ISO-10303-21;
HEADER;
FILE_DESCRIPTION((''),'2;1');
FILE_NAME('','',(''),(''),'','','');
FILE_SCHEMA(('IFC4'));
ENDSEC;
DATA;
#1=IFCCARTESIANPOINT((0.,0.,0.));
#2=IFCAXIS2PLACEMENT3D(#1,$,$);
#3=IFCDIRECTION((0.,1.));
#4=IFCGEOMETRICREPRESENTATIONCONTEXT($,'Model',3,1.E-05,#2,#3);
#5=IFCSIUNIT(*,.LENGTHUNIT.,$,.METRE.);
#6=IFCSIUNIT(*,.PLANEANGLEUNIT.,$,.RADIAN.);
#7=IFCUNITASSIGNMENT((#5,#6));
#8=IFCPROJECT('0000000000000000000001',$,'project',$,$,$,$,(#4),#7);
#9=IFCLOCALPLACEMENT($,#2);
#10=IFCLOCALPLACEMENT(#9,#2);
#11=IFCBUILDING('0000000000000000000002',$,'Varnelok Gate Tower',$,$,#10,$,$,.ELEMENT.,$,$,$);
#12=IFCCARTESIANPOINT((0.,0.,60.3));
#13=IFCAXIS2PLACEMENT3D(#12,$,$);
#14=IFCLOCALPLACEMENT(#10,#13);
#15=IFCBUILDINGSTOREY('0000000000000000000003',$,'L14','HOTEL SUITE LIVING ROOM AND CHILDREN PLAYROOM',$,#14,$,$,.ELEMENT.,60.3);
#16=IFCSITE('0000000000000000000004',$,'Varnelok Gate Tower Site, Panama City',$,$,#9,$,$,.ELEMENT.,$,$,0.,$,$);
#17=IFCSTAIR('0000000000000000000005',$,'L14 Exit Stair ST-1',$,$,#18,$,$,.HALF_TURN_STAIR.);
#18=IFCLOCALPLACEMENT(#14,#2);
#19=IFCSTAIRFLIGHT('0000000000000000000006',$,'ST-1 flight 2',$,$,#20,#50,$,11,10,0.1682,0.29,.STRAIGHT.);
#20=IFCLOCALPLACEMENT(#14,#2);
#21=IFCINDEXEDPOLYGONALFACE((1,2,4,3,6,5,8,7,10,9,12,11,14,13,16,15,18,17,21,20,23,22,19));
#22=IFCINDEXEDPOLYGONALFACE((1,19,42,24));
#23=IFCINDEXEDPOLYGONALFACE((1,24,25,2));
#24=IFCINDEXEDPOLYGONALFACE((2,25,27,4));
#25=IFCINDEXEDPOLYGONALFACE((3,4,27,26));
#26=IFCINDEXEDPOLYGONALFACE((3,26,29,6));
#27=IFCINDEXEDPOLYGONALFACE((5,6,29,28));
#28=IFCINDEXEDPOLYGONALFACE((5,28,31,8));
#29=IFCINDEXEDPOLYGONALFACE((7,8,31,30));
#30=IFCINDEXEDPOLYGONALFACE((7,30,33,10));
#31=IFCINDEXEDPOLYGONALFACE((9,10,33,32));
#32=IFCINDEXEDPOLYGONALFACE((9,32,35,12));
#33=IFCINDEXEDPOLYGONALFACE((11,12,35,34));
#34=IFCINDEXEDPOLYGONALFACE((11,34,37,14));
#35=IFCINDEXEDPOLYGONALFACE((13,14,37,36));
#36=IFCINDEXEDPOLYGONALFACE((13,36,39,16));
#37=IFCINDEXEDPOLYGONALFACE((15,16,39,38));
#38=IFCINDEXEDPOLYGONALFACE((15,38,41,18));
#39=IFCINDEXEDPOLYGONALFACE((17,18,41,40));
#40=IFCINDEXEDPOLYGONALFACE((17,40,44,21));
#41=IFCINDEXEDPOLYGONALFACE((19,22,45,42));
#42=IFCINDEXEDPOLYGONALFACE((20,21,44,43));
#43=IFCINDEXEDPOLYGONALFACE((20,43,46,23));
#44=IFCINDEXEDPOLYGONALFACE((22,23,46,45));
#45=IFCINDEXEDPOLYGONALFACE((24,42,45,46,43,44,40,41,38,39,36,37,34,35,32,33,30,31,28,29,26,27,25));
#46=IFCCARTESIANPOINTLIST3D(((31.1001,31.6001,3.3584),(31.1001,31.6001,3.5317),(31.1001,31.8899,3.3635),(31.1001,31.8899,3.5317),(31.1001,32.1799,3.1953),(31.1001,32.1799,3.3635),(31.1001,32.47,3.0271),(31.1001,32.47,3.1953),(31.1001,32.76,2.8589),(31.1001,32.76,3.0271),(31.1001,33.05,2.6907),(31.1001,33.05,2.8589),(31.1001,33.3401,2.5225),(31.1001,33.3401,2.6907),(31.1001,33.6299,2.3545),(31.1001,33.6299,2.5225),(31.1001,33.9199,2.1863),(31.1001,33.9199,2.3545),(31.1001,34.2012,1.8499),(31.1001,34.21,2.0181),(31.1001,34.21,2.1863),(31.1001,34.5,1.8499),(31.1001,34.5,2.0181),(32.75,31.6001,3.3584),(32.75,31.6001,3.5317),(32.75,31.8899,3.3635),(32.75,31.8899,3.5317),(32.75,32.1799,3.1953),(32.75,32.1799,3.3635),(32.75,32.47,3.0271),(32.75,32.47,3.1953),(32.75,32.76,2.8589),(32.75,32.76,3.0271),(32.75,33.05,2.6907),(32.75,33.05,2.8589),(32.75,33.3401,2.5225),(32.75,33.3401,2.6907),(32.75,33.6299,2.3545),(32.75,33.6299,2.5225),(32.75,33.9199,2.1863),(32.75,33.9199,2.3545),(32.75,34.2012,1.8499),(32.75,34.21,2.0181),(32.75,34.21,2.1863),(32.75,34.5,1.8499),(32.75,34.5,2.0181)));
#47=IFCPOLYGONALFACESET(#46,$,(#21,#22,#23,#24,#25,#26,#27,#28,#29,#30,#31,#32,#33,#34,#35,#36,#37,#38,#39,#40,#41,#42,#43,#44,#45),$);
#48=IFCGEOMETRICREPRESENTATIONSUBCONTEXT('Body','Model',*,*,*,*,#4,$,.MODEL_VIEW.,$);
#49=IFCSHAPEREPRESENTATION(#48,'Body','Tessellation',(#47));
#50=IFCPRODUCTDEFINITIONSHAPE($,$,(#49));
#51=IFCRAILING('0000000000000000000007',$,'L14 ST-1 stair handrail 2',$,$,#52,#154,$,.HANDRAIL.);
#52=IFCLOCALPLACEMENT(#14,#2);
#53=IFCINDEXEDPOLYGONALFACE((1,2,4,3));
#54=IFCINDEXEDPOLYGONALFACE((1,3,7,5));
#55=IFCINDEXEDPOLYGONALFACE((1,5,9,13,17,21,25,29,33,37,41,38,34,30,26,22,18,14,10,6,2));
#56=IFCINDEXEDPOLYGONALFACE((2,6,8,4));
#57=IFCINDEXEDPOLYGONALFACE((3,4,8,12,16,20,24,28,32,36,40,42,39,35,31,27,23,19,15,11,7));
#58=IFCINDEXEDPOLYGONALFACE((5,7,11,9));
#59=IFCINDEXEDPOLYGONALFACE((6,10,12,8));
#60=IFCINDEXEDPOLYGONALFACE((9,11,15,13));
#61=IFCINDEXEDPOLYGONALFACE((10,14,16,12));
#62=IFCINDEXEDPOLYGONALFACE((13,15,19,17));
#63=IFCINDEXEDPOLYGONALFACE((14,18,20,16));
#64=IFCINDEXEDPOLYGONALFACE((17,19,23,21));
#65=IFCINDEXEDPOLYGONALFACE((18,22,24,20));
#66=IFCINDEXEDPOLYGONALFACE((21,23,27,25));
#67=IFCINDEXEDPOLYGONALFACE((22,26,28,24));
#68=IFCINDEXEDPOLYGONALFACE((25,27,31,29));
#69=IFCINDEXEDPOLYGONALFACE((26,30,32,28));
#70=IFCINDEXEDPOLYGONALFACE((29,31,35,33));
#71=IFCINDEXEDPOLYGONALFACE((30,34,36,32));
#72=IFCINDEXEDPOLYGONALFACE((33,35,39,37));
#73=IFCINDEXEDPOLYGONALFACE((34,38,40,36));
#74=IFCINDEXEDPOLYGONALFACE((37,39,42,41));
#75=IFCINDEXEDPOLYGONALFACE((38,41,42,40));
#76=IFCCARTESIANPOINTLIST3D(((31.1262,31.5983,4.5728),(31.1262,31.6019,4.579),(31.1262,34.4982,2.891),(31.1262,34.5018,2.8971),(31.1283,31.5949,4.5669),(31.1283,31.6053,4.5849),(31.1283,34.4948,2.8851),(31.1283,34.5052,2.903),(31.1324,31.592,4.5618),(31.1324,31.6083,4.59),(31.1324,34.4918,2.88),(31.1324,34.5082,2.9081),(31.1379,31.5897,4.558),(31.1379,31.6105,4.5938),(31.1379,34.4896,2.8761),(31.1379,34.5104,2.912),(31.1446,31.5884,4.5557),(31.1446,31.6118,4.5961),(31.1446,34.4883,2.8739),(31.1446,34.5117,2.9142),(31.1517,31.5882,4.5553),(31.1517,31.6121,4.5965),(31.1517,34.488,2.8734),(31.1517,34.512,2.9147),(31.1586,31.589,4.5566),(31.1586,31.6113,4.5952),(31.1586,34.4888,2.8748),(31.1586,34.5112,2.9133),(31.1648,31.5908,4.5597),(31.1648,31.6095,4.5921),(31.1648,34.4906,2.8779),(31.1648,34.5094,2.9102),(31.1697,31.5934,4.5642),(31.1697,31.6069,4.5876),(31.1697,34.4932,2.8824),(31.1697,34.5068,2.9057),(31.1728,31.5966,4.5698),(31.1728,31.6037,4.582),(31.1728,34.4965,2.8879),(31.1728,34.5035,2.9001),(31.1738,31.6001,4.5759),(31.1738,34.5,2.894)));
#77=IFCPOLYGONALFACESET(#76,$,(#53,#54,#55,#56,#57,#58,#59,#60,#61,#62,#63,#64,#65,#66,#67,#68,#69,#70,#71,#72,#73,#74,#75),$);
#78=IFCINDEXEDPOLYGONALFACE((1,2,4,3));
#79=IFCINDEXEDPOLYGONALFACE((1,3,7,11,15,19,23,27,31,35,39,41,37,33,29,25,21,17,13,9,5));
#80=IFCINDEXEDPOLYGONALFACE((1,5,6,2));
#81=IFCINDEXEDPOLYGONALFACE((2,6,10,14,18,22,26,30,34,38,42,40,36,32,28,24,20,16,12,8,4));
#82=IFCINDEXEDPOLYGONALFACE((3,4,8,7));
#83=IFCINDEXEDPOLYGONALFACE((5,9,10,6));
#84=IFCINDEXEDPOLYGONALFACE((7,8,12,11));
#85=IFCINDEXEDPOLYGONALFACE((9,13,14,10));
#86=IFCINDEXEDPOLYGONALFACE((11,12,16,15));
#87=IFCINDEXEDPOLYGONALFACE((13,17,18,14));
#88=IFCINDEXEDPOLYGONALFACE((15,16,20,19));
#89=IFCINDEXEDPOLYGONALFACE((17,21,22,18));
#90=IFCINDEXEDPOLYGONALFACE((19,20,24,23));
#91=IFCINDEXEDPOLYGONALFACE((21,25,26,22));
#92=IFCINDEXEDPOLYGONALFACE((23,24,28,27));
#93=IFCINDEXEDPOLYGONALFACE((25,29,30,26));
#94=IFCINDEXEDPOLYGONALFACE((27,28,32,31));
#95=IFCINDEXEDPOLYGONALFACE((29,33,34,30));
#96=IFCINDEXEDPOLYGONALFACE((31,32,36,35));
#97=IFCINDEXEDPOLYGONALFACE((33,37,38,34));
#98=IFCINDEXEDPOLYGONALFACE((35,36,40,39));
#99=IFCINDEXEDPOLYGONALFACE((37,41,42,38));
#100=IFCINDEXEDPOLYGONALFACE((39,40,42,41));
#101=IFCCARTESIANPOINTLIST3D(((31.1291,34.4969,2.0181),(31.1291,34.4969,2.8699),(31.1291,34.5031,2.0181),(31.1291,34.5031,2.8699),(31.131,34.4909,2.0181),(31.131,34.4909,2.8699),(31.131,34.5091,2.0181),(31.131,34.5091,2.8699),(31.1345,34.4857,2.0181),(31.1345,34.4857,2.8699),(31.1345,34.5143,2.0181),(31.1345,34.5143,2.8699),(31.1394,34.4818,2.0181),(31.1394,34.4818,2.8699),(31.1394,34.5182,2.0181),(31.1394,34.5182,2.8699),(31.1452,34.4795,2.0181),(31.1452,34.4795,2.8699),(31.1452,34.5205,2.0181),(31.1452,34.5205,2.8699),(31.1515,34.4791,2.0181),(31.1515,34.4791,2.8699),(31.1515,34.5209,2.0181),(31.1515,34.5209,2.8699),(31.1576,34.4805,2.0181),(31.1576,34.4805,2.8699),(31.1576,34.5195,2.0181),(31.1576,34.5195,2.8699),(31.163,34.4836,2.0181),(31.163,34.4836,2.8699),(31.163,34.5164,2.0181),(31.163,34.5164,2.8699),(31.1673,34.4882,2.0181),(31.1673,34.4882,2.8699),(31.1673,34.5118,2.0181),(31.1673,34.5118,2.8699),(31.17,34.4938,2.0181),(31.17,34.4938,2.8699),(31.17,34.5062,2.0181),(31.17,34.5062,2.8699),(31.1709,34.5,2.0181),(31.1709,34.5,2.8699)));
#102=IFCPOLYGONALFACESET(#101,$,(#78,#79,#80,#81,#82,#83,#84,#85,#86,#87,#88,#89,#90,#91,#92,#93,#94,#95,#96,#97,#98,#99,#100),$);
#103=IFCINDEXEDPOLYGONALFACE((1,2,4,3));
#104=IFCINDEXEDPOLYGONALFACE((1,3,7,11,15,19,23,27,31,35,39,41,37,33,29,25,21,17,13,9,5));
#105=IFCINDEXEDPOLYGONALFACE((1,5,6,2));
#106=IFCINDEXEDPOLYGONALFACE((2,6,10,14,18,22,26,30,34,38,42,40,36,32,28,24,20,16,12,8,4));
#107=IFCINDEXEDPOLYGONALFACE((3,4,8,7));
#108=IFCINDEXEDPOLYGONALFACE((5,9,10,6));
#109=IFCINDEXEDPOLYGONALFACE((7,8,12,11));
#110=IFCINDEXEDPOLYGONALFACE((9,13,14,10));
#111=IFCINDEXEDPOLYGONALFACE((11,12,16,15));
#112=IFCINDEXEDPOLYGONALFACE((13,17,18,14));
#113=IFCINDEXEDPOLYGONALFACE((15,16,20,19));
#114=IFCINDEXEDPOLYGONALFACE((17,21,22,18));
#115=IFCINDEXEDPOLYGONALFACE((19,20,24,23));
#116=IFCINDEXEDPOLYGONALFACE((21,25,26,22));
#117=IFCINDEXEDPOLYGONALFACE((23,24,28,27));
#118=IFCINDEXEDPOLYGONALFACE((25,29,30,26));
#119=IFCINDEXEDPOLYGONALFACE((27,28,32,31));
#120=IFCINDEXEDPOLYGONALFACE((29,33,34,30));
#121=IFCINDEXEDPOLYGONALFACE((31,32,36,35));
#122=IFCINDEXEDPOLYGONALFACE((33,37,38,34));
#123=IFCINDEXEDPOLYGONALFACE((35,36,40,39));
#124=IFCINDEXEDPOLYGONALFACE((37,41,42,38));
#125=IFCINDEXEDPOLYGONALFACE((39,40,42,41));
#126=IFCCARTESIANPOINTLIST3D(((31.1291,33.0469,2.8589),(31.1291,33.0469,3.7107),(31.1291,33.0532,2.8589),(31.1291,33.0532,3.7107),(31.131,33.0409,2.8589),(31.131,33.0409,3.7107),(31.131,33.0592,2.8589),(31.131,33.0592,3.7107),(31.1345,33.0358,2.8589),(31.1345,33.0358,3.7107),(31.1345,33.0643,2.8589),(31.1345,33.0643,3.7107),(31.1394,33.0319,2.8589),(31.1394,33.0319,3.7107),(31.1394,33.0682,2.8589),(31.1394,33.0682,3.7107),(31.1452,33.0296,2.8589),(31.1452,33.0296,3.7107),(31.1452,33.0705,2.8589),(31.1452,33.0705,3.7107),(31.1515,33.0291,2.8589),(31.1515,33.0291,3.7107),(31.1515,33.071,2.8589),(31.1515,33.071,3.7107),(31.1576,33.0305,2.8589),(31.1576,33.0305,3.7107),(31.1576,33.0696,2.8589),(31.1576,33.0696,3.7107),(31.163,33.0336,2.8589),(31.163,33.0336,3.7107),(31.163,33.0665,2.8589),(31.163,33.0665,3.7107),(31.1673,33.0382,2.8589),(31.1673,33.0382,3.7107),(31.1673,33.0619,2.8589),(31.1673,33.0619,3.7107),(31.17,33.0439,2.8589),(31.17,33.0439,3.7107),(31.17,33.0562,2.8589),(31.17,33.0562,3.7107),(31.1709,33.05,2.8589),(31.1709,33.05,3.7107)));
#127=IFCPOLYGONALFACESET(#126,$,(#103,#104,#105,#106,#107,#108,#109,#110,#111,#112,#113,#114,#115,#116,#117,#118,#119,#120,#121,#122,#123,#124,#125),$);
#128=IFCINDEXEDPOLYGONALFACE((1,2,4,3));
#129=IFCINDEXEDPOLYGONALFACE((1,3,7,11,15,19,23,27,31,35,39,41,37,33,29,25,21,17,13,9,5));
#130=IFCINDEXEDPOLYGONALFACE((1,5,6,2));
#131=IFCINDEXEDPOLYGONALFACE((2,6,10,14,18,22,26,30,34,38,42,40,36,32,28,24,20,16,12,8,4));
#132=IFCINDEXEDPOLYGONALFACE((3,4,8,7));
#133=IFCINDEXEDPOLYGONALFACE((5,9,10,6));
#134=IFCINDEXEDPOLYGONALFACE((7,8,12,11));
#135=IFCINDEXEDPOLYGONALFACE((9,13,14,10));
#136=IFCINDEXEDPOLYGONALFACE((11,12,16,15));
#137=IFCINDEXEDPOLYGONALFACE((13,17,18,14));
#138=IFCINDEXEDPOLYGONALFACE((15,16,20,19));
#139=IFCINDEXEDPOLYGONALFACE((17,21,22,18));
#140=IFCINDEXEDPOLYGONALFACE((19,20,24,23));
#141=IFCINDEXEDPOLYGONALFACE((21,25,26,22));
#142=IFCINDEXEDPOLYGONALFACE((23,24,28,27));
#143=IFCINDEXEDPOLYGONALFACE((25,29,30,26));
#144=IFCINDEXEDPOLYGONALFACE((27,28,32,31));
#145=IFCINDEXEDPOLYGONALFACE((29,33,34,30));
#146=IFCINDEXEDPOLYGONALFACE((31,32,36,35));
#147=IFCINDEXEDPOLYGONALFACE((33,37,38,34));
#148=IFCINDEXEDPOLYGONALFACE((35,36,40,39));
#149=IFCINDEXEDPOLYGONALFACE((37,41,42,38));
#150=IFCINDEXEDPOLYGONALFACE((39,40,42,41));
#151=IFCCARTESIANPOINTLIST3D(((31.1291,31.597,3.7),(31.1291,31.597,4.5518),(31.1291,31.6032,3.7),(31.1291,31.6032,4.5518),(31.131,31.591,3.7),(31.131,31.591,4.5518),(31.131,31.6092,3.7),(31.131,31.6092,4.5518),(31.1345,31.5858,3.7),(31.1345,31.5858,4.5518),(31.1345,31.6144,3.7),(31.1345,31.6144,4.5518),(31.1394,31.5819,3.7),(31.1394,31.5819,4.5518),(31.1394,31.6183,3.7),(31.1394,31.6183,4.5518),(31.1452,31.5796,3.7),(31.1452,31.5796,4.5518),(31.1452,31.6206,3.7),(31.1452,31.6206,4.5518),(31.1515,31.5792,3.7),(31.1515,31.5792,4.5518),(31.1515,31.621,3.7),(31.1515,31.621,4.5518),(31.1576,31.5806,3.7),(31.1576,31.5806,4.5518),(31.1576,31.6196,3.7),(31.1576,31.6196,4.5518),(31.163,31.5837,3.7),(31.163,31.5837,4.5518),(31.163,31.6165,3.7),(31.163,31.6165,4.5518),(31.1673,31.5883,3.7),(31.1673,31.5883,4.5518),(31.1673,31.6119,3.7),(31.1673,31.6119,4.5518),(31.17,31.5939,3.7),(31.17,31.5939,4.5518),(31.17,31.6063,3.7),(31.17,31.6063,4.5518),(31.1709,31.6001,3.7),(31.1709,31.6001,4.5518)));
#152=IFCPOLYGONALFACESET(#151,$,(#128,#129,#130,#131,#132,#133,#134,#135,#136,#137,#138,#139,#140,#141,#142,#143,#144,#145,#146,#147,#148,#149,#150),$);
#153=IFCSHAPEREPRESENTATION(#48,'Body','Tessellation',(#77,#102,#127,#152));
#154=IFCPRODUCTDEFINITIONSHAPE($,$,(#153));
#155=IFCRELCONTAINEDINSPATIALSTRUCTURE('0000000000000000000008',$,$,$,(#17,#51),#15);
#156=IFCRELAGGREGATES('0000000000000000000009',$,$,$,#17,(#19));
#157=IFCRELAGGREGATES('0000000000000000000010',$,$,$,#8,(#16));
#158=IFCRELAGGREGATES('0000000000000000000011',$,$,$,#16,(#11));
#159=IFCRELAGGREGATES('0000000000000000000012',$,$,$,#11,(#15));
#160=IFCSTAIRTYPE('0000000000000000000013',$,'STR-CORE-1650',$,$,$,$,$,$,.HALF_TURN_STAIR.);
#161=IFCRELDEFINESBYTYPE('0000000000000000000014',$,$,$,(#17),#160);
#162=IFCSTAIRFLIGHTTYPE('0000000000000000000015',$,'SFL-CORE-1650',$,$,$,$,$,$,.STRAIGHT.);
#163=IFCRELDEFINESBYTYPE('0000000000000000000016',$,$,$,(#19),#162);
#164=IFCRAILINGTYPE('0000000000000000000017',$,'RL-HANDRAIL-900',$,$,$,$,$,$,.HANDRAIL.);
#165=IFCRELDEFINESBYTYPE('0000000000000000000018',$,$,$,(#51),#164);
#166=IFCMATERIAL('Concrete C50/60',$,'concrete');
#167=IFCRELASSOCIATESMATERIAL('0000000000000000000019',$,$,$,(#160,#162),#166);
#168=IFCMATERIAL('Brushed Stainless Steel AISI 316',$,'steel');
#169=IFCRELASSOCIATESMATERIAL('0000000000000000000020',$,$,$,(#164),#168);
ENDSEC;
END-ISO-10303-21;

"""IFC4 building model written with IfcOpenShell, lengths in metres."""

from ifc_helpers import new_model, si_unit, direction, frame, origin, origin_2d, place, context, subcontext, project, spatial, polyline, circle, outline, extrude, material, type_object, element, aggregate, save


model = new_model("IFC4")

# Units and contexts
model_context = context("Model", 3, precision=1e-05, world=origin(), true_north=direction((0.0, 1.0)))
body_context = subcontext(model_context, "Body", "Model", "MODEL_VIEW")
ifc_project = project(units=[si_unit("LENGTHUNIT", "METRE"), si_unit("PLANEANGLEUNIT", "RADIAN")], contexts=[model_context])

# Site, building, storey
site_placement = place(None, origin())
site = spatial("IfcSite", under=ifc_project, at=site_placement, Name="Varnelok Gate Tower Site, Panama City", CompositionType="ELEMENT", RefElevation=0.0)
building_placement = place(site_placement, origin())
building = spatial("IfcBuilding", under=site, at=building_placement, Name="Varnelok Gate Tower", CompositionType="ELEMENT")
storey_placement = place(building_placement, frame((0.0, 0.0, 60.3)))
storey = spatial("IfcBuildingStorey", under=building, at=storey_placement, Name="L14", Description="HOTEL SUITE LIVING ROOM AND CHILDREN PLAYROOM", CompositionType="ELEMENT", Elevation=60.3)

# Stair, stair flight
ifc_material_1 = material(Name="Concrete C50/60", Category="concrete")
stair_type = type_object("IfcStairType", Name="STR-CORE-1650", PredefinedType="HALF_TURN_STAIR", material=ifc_material_1)
stair_placement = place(storey_placement, origin())
stair = element("IfcStair", 1, at=stair_placement, inside=storey, type_object=stair_type, Name="L14 Exit Stair ST-1", PredefinedType="HALF_TURN_STAIR")
stair_flight_type = type_object("IfcStairFlightType", Name="SFL-CORE-1650", PredefinedType="STRAIGHT", material=ifc_material_1)
stair_flight_placement = place(storey_placement, frame((31.925, 34.5, 1.8499), z_axis=(0.0, 0.0, 1.0), x_axis=(0.0, -1.0, 0.0)))
stair_flight = element("IfcStairFlight", 2, at=stair_flight_placement, type_object=stair_flight_type, Name="ST-1 flight 2", NumberOfRisers=11, NumberOfTreads=10, PredefinedType="STRAIGHT", RiserHeight=0.1682, TreadLength=0.29, context=body_context, shape_type="SweptSolid", body=[
    extrude(outline(polyline([(0.0, 0.0), (0.0, 0.1682), (0.29, 0.1682), (0.29, 0.3364), (0.5801, 0.3364), (0.5801, 0.5046), (0.8701, 0.5046), (0.8701, 0.6726), (1.1599, 0.6726), (1.1599, 0.8408), (1.45, 0.8408), (1.45, 1.009), (1.74, 1.009), (1.74, 1.1772), (2.03, 1.1772), (2.03, 1.3455), (2.3201, 1.3455), (2.3201, 1.5137), (2.6101, 1.5137), (2.6101, 1.6819), (2.8999, 1.6819), (2.8999, 1.8501), (2.8999, 1.5085), (0.2988, 0.0), (0.0, 0.0)])), frame((0.0, 0.825, 0.0), z_axis=(0.0, -1.0, 0.0), x_axis=(1.0, 0.0, 0.0)), (0.0, 0.0, 1.0), 1.6499),
])
aggregate(stair, [stair_flight])

# Railing
ifc_material_2 = material(Name="Brushed Stainless Steel AISI 316", Category="steel")
railing_type_1 = type_object("IfcRailingType", Name="RL-HANDRAIL-900", PredefinedType="HANDRAIL", material=ifc_material_2)
railing_1_placement = place(storey_placement, frame((31.1499, 34.5, 2.0181)))
element("IfcRailing", 3, at=railing_1_placement, inside=storey, type_object=railing_type_1, Name="L14 ST-1 stair handrail 2", PredefinedType="HANDRAIL", context=body_context, shape_type="SweptSolid", body=[
    extrude(circle(Radius=0.0239, at=origin_2d()), frame((0.0, 0.0, 0.876), z_axis=(0.0, -0.865039, 0.501705), x_axis=(1.0, 0.0, 0.0)), (0.0, 0.0, 1.0), 3.3523),
    extrude(circle(Radius=0.021, at=origin_2d()), origin(), (0.0, 0.0, 1.0), 0.8518),
    extrude(circle(Radius=0.021, at=origin_2d()), frame((0.0, -1.45, 0.8408)), (0.0, 0.0, 1.0), 0.8518),
    extrude(circle(Radius=0.021, at=origin_2d()), frame((0.0, -2.8999, 1.6819)), (0.0, 0.0, 1.0), 0.8518),
])

save(model, "model.ifc")
